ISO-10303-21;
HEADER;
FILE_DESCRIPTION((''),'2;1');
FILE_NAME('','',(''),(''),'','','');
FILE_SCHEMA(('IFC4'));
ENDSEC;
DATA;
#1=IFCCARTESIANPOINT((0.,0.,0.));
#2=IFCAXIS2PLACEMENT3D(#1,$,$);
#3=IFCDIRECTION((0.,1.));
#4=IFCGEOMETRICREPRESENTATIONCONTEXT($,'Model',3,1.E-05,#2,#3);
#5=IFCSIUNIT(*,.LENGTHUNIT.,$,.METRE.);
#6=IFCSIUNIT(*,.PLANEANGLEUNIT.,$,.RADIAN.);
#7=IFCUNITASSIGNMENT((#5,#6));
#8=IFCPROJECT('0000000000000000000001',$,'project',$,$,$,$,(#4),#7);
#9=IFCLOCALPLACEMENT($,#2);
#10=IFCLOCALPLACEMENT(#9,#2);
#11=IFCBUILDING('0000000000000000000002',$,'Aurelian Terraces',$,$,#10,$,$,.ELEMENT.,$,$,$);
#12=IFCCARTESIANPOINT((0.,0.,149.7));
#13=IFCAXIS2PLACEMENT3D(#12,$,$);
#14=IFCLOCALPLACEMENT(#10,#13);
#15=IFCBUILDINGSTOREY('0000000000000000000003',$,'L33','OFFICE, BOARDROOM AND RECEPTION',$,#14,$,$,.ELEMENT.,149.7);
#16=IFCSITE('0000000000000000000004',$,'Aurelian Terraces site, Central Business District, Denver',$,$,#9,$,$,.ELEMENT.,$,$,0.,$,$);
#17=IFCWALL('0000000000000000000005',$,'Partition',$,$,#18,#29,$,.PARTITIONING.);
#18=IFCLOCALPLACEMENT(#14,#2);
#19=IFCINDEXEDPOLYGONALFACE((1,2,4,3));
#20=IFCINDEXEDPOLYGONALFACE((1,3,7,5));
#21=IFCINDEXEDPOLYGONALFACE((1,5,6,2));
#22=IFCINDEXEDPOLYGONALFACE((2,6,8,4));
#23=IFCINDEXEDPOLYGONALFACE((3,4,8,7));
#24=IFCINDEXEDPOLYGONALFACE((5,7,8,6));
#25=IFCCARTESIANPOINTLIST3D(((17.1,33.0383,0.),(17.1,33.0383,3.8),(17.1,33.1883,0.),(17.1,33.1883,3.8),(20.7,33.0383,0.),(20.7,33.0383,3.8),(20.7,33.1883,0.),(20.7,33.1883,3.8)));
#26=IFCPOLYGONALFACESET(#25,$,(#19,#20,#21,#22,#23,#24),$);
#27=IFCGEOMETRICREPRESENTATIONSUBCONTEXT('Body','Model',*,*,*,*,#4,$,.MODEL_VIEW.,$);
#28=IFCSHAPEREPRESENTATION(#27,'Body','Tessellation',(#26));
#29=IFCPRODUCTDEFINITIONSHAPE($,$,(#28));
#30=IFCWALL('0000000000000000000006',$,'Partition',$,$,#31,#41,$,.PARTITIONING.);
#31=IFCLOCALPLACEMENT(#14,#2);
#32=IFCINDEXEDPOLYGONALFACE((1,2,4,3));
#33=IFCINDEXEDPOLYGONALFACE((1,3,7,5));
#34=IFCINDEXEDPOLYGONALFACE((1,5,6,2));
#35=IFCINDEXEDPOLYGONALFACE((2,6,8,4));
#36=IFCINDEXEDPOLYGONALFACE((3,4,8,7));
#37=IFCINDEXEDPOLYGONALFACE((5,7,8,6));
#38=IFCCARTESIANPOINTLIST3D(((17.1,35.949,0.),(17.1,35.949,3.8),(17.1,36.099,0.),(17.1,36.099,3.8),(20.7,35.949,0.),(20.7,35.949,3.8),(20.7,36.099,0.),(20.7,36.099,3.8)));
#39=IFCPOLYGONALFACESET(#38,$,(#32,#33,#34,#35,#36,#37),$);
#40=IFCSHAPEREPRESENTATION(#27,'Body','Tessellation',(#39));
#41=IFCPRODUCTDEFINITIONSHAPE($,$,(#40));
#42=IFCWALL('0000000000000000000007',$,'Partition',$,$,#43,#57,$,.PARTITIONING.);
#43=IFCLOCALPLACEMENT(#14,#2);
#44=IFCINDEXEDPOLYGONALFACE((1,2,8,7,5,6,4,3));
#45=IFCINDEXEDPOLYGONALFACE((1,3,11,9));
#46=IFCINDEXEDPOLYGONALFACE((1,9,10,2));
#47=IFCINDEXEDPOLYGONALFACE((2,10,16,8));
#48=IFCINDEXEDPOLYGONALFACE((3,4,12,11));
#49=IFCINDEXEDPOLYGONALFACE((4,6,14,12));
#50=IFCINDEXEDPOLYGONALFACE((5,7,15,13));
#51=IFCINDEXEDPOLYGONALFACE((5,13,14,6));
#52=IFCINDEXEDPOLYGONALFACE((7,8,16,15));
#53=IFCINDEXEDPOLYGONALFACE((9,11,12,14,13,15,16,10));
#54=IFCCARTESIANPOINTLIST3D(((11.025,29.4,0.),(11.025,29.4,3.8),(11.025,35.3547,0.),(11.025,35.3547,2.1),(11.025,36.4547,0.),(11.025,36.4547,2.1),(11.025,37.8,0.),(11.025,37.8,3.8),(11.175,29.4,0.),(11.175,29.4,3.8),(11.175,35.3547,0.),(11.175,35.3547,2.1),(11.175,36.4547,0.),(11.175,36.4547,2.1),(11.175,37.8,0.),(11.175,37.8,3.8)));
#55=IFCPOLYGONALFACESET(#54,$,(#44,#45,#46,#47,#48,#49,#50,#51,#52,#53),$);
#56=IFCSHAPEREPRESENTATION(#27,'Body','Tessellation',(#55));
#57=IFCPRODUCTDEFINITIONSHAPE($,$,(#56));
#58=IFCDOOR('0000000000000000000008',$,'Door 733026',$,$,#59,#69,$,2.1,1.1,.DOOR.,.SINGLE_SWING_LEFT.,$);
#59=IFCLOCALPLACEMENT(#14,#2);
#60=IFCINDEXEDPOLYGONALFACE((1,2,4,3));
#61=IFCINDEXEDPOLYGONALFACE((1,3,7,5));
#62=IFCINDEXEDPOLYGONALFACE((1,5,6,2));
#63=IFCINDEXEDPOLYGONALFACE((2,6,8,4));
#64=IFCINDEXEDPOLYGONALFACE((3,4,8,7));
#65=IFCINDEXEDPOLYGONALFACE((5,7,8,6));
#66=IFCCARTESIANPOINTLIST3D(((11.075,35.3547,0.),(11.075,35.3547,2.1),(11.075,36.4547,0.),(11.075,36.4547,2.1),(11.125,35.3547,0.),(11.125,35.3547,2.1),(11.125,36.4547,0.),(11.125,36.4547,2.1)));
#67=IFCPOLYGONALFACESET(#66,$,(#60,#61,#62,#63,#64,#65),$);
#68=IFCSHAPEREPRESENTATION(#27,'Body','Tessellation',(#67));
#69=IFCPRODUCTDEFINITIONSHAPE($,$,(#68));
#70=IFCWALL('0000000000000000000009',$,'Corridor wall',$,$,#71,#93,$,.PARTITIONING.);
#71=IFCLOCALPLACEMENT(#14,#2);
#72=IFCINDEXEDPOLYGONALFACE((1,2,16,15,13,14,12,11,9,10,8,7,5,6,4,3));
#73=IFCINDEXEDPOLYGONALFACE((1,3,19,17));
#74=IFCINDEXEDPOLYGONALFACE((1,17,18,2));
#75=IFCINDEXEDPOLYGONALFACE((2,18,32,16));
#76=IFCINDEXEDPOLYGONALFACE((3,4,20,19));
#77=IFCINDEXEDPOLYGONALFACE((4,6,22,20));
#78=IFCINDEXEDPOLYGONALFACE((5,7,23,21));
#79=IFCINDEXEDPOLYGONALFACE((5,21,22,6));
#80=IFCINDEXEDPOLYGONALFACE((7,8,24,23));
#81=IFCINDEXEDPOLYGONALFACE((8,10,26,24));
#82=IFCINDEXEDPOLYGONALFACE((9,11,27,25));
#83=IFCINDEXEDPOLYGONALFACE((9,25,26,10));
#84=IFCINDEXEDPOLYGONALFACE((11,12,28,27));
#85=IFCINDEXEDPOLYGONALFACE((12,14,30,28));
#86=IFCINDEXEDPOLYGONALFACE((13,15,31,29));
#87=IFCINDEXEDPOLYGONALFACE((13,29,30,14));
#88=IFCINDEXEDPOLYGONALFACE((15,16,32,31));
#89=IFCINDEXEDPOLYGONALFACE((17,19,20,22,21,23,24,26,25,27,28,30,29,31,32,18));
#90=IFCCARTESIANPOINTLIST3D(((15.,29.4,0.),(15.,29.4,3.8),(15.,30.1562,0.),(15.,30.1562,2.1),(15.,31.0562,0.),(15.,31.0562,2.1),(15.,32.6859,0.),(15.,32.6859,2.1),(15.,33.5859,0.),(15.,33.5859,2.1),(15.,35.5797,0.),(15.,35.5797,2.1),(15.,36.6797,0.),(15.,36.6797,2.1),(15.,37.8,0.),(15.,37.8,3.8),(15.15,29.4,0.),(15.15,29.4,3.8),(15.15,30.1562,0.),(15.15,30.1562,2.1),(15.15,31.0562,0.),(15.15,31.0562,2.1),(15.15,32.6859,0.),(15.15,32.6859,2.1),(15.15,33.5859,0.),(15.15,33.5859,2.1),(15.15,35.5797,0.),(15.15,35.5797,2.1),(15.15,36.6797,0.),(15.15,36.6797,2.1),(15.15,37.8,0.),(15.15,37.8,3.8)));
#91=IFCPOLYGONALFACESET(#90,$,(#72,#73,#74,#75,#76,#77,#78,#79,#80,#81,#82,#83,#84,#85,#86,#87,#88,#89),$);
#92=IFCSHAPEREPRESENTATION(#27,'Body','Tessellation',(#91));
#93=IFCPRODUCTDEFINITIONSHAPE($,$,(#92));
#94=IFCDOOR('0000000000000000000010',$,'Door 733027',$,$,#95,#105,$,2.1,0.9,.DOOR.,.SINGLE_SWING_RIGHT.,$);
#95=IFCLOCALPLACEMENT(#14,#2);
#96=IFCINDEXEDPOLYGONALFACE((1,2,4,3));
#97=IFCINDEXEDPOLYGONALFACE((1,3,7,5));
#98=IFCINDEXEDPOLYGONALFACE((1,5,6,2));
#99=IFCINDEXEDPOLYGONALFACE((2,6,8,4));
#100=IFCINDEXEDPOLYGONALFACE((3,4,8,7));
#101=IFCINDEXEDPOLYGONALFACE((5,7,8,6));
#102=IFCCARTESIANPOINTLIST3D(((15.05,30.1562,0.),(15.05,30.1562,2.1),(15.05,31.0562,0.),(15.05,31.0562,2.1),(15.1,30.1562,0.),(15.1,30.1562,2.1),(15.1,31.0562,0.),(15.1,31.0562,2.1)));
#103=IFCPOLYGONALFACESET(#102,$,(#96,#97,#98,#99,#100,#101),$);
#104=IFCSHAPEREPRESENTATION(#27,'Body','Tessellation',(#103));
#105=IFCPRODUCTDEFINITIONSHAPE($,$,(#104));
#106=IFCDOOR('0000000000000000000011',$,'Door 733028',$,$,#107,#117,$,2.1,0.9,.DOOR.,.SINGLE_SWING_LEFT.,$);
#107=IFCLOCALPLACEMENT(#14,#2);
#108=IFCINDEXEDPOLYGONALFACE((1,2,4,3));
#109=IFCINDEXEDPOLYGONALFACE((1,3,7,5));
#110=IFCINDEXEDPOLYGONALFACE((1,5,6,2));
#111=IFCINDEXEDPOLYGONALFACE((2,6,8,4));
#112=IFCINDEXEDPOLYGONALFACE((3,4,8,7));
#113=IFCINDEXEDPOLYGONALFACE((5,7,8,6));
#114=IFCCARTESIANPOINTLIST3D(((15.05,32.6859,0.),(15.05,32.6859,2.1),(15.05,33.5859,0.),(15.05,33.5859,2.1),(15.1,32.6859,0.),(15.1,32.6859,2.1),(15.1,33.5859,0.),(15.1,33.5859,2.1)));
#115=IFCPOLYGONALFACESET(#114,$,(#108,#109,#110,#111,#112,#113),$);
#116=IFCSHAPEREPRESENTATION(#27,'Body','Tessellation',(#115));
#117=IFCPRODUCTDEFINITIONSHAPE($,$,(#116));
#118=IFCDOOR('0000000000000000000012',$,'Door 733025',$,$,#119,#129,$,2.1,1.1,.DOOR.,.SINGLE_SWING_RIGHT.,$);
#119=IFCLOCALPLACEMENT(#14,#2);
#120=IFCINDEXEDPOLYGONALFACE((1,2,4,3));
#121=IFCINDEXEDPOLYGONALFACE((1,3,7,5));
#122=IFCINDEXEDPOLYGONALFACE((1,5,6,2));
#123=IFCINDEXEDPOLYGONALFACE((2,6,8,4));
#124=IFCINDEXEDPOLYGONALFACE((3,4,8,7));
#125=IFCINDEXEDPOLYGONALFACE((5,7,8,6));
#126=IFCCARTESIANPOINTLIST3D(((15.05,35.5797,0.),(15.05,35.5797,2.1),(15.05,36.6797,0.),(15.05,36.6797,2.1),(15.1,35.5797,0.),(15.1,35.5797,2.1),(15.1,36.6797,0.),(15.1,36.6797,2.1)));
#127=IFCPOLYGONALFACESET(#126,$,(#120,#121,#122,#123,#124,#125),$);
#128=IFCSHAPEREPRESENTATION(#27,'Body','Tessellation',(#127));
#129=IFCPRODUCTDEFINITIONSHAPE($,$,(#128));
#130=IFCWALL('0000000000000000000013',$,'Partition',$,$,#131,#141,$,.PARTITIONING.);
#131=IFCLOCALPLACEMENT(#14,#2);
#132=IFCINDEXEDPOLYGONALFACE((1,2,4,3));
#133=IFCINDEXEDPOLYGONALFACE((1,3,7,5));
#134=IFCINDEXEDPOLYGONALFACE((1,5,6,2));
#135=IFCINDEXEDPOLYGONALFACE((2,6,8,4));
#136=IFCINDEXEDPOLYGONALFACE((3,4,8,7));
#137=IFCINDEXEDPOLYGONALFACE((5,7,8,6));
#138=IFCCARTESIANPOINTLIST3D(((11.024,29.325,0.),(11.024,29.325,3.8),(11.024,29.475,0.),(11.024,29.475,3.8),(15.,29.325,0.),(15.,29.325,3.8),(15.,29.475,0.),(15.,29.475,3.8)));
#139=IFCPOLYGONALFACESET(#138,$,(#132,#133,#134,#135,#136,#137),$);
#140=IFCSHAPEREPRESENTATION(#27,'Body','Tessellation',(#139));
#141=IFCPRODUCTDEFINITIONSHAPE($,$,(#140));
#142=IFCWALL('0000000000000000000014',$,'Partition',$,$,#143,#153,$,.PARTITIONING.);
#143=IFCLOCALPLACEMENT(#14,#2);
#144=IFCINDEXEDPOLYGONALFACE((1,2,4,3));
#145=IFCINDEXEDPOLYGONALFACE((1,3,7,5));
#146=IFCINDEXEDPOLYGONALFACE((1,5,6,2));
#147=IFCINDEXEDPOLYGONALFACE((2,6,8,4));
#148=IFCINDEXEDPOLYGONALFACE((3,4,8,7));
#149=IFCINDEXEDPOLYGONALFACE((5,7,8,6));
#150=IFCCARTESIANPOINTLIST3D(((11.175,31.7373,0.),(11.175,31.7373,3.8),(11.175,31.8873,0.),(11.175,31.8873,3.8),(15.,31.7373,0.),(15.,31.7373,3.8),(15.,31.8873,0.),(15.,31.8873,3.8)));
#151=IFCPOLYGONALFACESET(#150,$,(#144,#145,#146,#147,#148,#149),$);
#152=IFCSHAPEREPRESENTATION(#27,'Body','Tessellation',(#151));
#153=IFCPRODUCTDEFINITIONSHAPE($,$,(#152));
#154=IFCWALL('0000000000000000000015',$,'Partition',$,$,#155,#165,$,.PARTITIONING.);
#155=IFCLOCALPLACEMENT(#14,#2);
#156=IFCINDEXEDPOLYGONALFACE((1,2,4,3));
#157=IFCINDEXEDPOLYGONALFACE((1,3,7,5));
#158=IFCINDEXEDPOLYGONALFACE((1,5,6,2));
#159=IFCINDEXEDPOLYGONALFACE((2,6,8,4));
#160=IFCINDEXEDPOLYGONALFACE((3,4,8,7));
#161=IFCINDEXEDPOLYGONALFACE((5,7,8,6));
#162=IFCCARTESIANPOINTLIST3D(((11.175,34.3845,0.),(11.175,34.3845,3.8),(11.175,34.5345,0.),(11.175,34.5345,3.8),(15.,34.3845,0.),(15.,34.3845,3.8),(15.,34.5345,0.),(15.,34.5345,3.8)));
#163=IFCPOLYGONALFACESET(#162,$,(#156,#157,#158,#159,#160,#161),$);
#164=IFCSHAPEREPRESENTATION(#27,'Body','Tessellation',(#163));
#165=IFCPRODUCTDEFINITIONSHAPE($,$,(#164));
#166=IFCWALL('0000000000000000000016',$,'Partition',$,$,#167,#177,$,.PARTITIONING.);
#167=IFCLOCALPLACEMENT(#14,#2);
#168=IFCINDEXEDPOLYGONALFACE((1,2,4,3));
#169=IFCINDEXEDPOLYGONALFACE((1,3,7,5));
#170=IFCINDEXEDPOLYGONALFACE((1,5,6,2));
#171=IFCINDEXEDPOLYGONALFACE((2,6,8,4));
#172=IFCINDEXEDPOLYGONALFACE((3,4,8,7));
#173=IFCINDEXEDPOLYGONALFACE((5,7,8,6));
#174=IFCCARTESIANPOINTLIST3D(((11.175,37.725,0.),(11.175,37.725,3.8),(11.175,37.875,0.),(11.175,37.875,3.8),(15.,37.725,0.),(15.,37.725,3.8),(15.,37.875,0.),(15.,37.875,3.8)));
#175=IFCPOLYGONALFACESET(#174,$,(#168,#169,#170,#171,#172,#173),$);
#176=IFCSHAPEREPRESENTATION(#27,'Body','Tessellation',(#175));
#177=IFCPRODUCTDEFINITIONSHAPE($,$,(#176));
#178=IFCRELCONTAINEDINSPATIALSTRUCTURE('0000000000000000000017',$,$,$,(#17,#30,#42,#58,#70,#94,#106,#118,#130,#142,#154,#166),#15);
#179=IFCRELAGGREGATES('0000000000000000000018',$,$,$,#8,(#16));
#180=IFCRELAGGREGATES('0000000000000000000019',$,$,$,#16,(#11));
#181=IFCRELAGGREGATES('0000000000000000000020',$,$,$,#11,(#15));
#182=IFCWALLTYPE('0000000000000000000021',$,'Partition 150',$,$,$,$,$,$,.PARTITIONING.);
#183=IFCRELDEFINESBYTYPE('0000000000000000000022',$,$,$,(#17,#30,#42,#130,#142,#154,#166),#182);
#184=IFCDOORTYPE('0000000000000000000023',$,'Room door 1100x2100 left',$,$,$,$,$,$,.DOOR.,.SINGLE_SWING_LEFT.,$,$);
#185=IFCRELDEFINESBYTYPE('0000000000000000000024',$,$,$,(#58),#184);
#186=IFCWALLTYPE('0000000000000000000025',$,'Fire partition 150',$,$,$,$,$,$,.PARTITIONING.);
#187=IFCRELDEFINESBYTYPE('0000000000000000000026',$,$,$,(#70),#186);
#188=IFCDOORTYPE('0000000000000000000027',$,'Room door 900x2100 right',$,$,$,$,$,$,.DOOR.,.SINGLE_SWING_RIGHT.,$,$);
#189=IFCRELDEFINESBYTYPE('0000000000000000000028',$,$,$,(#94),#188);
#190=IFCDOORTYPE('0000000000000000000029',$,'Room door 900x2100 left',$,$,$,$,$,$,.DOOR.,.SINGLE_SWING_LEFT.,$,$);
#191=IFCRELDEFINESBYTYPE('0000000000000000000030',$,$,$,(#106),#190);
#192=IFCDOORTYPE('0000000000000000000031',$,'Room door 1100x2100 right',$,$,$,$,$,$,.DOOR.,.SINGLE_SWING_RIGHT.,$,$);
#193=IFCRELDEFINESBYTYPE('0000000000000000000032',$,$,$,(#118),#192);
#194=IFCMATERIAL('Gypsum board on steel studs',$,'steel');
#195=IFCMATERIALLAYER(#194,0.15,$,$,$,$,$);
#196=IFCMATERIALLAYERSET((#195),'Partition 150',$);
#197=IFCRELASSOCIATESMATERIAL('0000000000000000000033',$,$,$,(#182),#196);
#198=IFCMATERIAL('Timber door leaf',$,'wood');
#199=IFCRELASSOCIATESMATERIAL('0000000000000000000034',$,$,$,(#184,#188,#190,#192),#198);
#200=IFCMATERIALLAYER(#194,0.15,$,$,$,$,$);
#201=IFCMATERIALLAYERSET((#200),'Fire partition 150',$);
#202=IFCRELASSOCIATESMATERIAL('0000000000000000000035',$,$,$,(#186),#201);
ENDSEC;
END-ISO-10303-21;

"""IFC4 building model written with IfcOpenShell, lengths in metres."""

from ifc_helpers import new_model, si_unit, direction, frame, frame_2d, origin, place, context, subcontext, project, spatial, rectangle, extrude, source, transform, mapped, material, layer, layer_set, type_object, element, fill, save


model = new_model("IFC4")

# Units and contexts
model_context = context("Model", 3, precision=1e-05, world=origin(), true_north=direction((0.0, 1.0)))
body_context = subcontext(model_context, "Body", "Model", "MODEL_VIEW")
ifc_project = project(units=[si_unit("LENGTHUNIT", "METRE"), si_unit("PLANEANGLEUNIT", "RADIAN")], contexts=[model_context])

# Site, building, storey
site_placement = place(None, origin())
site = spatial("IfcSite", under=ifc_project, at=site_placement, Name="Aurelian Terraces site, Central Business District, Denver", CompositionType="ELEMENT", RefElevation=0.0)
building_placement = place(site_placement, origin())
building = spatial("IfcBuilding", under=site, at=building_placement, Name="Aurelian Terraces", CompositionType="ELEMENT")
storey_placement = place(building_placement, frame((0.0, 0.0, 149.7)))
storey = spatial("IfcBuildingStorey", under=building, at=storey_placement, Name="L33", Description="OFFICE, BOARDROOM AND RECEPTION", CompositionType="ELEMENT", Elevation=149.7)

# Shared definitions
ifc_material_1 = material(Name="Timber door leaf", Category="wood")

# Shared definitions
ifc_material_2 = material(Name="Gypsum board on steel studs", Category="steel")
shared_shape_1 = source(origin(), body_context, "Body", "SweptSolid", [
    extrude(rectangle(XDim=0.9, YDim=2.1, at=frame_2d((0.45, 1.05))), frame((0.0, 0.025, 0.0), z_axis=(0.0, -1.0, 0.0), x_axis=(1.0, 0.0, 0.0)), (0.0, 0.0, 1.0), 0.05),
])

# Walls
ifc_layer_1 = layer(ifc_material_2, 0.15)
ifc_layer_set_1 = layer_set([ifc_layer_1], Name="Partition 150")
wall_type_1 = type_object("IfcWallType", Name="Partition 150", PredefinedType="PARTITIONING", material=ifc_layer_set_1)
shared_shape_2 = source(origin(), body_context, "Body", "SweptSolid", [
    extrude(rectangle(XDim=3.6, YDim=0.15, at=frame_2d((1.8, 0.0))), origin(), (0.0, 0.0, 1.0), 3.8),
])
for number, where, z_axis, x_axis, name in (
    (1, (17.1, 33.1133, 0.0), (0.0, 0.0, 1.0), (1.0, 0.0, 0.0), "Partition"),
    (2, (17.1, 36.024, 0.0), (0.0, 0.0, 1.0), (1.0, 0.0, 0.0), "Partition"),
):
    element("IfcWall", number, at=place(storey_placement, frame(where, z_axis=z_axis, x_axis=x_axis)), inside=storey, type_object=wall_type_1, Name=name, PredefinedType="PARTITIONING", context=body_context, shape_type="MappedRepresentation", body=[
        mapped(shared_shape_2, transform((0.0, 0.0, 0.0), scale=1.0)),
    ])

# Wall, opening, door
shared_shape_3 = source(origin(), body_context, "Body", "SweptSolid", [
    extrude(rectangle(XDim=8.4, YDim=0.15, at=frame_2d((4.2, 0.0))), origin(), (0.0, 0.0, 1.0), 3.8),
])
wall_1_placement = place(storey_placement, frame((11.1, 29.4, 0.0), z_axis=(0.0, 0.0, 1.0), x_axis=(0.0, 1.0, 0.0)))
wall_1 = element("IfcWall", 3, at=wall_1_placement, inside=storey, type_object=wall_type_1, Name="Partition", PredefinedType="PARTITIONING", context=body_context, shape_type="MappedRepresentation", body=[
    mapped(shared_shape_3, transform((0.0, 0.0, 0.0), scale=1.0)),
])
shared_shape_4 = source(origin(), body_context, "Body", "SweptSolid", [
    extrude(rectangle(XDim=1.1, YDim=2.1, at=frame_2d((0.55, 1.05))), frame((0.0, 0.085, 0.0), z_axis=(0.0, -1.0, 0.0), x_axis=(1.0, 0.0, 0.0)), (0.0, 0.0, 1.0), 0.17),
])
opening_1_placement = place(wall_1_placement, frame((5.9547, 0.0, 0.0)))
opening_1 = element("IfcOpeningElement", 4, at=opening_1_placement, cuts=wall_1, PredefinedType="OPENING", context=body_context, shape_type="MappedRepresentation", body=[
    mapped(shared_shape_4, transform((0.0, 0.0, 0.0), scale=1.0)),
])
door_type_1 = type_object("IfcDoorType", Name="Room door 1100x2100 left", OperationType="SINGLE_SWING_LEFT", PredefinedType="DOOR", material=ifc_material_1)
shared_shape_5 = source(origin(), body_context, "Body", "SweptSolid", [
    extrude(rectangle(XDim=1.1, YDim=2.1, at=frame_2d((0.55, 1.05))), frame((0.0, 0.025, 0.0), z_axis=(0.0, -1.0, 0.0), x_axis=(1.0, 0.0, 0.0)), (0.0, 0.0, 1.0), 0.05),
])
door_1_placement = place(opening_1_placement, origin())
door_1 = element("IfcDoor", 5, at=door_1_placement, inside=storey, type_object=door_type_1, Name="Door 733026", OperationType="SINGLE_SWING_LEFT", OverallHeight=2.1, OverallWidth=1.1, PredefinedType="DOOR", context=body_context, shape_type="MappedRepresentation", body=[
    mapped(shared_shape_5, transform((0.0, 0.0, 0.0), scale=1.0)),
])
fill(opening_1, door_1)

# Wall, openings, doors
ifc_layer_2 = layer(ifc_material_2, 0.15)
ifc_layer_set_2 = layer_set([ifc_layer_2], Name="Fire partition 150")
wall_type_2 = type_object("IfcWallType", Name="Fire partition 150", PredefinedType="PARTITIONING", material=ifc_layer_set_2)
wall_2_placement = place(storey_placement, frame((15.075, 29.4, 0.0), z_axis=(0.0, 0.0, 1.0), x_axis=(0.0, 1.0, 0.0)))
wall_2 = element("IfcWall", 6, at=wall_2_placement, inside=storey, type_object=wall_type_2, Name="Corridor wall", PredefinedType="PARTITIONING", context=body_context, shape_type="MappedRepresentation", body=[
    mapped(shared_shape_3, transform((0.0, 0.0, 0.0), scale=1.0)),
])
opening_2_placement = place(wall_2_placement, frame((6.1797, 0.0, 0.0)))
opening_2 = element("IfcOpeningElement", 7, at=opening_2_placement, cuts=wall_2, PredefinedType="OPENING", context=body_context, shape_type="MappedRepresentation", body=[
    mapped(shared_shape_4, transform((0.0, 0.0, 0.0), scale=1.0)),
])
shared_shape_6 = source(origin(), body_context, "Body", "SweptSolid", [
    extrude(rectangle(XDim=0.9, YDim=2.1, at=frame_2d((0.45, 1.05))), frame((0.0, 0.085, 0.0), z_axis=(0.0, -1.0, 0.0), x_axis=(1.0, 0.0, 0.0)), (0.0, 0.0, 1.0), 0.17),
])
opening_3_placement = place(wall_2_placement, frame((0.7562, 0.0, 0.0)))
opening_3 = element("IfcOpeningElement", 8, at=opening_3_placement, cuts=wall_2, PredefinedType="OPENING", context=body_context, shape_type="MappedRepresentation", body=[
    mapped(shared_shape_6, transform((0.0, 0.0, 0.0), scale=1.0)),
])
opening_4_placement = place(wall_2_placement, frame((3.2859, 0.0, 0.0)))
opening_4 = element("IfcOpeningElement", 9, at=opening_4_placement, cuts=wall_2, PredefinedType="OPENING", context=body_context, shape_type="MappedRepresentation", body=[
    mapped(shared_shape_6, transform((0.0, 0.0, 0.0), scale=1.0)),
])
door_type_2 = type_object("IfcDoorType", Name="Room door 900x2100 right", OperationType="SINGLE_SWING_RIGHT", PredefinedType="DOOR", material=ifc_material_1)
door_2_placement = place(opening_3_placement, origin())
door_2 = element("IfcDoor", 10, at=door_2_placement, inside=storey, type_object=door_type_2, Name="Door 733027", OperationType="SINGLE_SWING_RIGHT", OverallHeight=2.1, OverallWidth=0.9, PredefinedType="DOOR", context=body_context, shape_type="MappedRepresentation", body=[
    mapped(shared_shape_1, transform((0.0, 0.0, 0.0), scale=1.0)),
])
fill(opening_3, door_2)
door_type_3 = type_object("IfcDoorType", Name="Room door 900x2100 left", OperationType="SINGLE_SWING_LEFT", PredefinedType="DOOR", material=ifc_material_1)
door_3_placement = place(opening_4_placement, origin())
door_3 = element("IfcDoor", 11, at=door_3_placement, inside=storey, type_object=door_type_3, Name="Door 733028", OperationType="SINGLE_SWING_LEFT", OverallHeight=2.1, OverallWidth=0.9, PredefinedType="DOOR", context=body_context, shape_type="MappedRepresentation", body=[
    mapped(shared_shape_1, transform((0.0, 0.0, 0.0), scale=1.0)),
])
fill(opening_4, door_3)
door_type_4 = type_object("IfcDoorType", Name="Room door 1100x2100 right", OperationType="SINGLE_SWING_RIGHT", PredefinedType="DOOR", material=ifc_material_1)
door_4_placement = place(opening_2_placement, origin())
door_4 = element("IfcDoor", 12, at=door_4_placement, inside=storey, type_object=door_type_4, Name="Door 733025", OperationType="SINGLE_SWING_RIGHT", OverallHeight=2.1, OverallWidth=1.1, PredefinedType="DOOR", context=body_context, shape_type="MappedRepresentation", body=[
    mapped(shared_shape_5, transform((0.0, 0.0, 0.0), scale=1.0)),
])
fill(opening_2, door_4)

# Walls
shared_shape_7 = source(origin(), body_context, "Body", "SweptSolid", [
    extrude(rectangle(XDim=3.976, YDim=0.15, at=frame_2d((1.988, 0.0))), origin(), (0.0, 0.0, 1.0), 3.8),
])
wall_3_placement = place(storey_placement, frame((15.0, 29.4, 0.0), z_axis=(0.0, 0.0, 1.0), x_axis=(-1.0, 0.0, 0.0)))
element("IfcWall", 13, at=wall_3_placement, inside=storey, type_object=wall_type_1, Name="Partition", PredefinedType="PARTITIONING", context=body_context, shape_type="MappedRepresentation", body=[
    mapped(shared_shape_7, transform((0.0, 0.0, 0.0), scale=1.0)),
])
shared_shape_8 = source(origin(), body_context, "Body", "SweptSolid", [
    extrude(rectangle(XDim=3.825, YDim=0.15, at=frame_2d((1.9125, 0.0))), origin(), (0.0, 0.0, 1.0), 3.8),
])
for number, where, z_axis, x_axis, name in (
    (14, (15.0, 31.8123, 0.0), (0.0, 0.0, 1.0), (-1.0, 0.0, 0.0), "Partition"),
    (15, (15.0, 34.4595, 0.0), (0.0, 0.0, 1.0), (-1.0, 0.0, 0.0), "Partition"),
    (16, (15.0, 37.8, 0.0), (0.0, 0.0, 1.0), (-1.0, 0.0, 0.0), "Partition"),
):
    element("IfcWall", number, at=place(storey_placement, frame(where, z_axis=z_axis, x_axis=x_axis)), inside=storey, type_object=wall_type_1, Name=name, PredefinedType="PARTITIONING", context=body_context, shape_type="MappedRepresentation", body=[
        mapped(shared_shape_8, transform((0.0, 0.0, 0.0), scale=1.0)),
    ])

save(model, "model.ifc")
